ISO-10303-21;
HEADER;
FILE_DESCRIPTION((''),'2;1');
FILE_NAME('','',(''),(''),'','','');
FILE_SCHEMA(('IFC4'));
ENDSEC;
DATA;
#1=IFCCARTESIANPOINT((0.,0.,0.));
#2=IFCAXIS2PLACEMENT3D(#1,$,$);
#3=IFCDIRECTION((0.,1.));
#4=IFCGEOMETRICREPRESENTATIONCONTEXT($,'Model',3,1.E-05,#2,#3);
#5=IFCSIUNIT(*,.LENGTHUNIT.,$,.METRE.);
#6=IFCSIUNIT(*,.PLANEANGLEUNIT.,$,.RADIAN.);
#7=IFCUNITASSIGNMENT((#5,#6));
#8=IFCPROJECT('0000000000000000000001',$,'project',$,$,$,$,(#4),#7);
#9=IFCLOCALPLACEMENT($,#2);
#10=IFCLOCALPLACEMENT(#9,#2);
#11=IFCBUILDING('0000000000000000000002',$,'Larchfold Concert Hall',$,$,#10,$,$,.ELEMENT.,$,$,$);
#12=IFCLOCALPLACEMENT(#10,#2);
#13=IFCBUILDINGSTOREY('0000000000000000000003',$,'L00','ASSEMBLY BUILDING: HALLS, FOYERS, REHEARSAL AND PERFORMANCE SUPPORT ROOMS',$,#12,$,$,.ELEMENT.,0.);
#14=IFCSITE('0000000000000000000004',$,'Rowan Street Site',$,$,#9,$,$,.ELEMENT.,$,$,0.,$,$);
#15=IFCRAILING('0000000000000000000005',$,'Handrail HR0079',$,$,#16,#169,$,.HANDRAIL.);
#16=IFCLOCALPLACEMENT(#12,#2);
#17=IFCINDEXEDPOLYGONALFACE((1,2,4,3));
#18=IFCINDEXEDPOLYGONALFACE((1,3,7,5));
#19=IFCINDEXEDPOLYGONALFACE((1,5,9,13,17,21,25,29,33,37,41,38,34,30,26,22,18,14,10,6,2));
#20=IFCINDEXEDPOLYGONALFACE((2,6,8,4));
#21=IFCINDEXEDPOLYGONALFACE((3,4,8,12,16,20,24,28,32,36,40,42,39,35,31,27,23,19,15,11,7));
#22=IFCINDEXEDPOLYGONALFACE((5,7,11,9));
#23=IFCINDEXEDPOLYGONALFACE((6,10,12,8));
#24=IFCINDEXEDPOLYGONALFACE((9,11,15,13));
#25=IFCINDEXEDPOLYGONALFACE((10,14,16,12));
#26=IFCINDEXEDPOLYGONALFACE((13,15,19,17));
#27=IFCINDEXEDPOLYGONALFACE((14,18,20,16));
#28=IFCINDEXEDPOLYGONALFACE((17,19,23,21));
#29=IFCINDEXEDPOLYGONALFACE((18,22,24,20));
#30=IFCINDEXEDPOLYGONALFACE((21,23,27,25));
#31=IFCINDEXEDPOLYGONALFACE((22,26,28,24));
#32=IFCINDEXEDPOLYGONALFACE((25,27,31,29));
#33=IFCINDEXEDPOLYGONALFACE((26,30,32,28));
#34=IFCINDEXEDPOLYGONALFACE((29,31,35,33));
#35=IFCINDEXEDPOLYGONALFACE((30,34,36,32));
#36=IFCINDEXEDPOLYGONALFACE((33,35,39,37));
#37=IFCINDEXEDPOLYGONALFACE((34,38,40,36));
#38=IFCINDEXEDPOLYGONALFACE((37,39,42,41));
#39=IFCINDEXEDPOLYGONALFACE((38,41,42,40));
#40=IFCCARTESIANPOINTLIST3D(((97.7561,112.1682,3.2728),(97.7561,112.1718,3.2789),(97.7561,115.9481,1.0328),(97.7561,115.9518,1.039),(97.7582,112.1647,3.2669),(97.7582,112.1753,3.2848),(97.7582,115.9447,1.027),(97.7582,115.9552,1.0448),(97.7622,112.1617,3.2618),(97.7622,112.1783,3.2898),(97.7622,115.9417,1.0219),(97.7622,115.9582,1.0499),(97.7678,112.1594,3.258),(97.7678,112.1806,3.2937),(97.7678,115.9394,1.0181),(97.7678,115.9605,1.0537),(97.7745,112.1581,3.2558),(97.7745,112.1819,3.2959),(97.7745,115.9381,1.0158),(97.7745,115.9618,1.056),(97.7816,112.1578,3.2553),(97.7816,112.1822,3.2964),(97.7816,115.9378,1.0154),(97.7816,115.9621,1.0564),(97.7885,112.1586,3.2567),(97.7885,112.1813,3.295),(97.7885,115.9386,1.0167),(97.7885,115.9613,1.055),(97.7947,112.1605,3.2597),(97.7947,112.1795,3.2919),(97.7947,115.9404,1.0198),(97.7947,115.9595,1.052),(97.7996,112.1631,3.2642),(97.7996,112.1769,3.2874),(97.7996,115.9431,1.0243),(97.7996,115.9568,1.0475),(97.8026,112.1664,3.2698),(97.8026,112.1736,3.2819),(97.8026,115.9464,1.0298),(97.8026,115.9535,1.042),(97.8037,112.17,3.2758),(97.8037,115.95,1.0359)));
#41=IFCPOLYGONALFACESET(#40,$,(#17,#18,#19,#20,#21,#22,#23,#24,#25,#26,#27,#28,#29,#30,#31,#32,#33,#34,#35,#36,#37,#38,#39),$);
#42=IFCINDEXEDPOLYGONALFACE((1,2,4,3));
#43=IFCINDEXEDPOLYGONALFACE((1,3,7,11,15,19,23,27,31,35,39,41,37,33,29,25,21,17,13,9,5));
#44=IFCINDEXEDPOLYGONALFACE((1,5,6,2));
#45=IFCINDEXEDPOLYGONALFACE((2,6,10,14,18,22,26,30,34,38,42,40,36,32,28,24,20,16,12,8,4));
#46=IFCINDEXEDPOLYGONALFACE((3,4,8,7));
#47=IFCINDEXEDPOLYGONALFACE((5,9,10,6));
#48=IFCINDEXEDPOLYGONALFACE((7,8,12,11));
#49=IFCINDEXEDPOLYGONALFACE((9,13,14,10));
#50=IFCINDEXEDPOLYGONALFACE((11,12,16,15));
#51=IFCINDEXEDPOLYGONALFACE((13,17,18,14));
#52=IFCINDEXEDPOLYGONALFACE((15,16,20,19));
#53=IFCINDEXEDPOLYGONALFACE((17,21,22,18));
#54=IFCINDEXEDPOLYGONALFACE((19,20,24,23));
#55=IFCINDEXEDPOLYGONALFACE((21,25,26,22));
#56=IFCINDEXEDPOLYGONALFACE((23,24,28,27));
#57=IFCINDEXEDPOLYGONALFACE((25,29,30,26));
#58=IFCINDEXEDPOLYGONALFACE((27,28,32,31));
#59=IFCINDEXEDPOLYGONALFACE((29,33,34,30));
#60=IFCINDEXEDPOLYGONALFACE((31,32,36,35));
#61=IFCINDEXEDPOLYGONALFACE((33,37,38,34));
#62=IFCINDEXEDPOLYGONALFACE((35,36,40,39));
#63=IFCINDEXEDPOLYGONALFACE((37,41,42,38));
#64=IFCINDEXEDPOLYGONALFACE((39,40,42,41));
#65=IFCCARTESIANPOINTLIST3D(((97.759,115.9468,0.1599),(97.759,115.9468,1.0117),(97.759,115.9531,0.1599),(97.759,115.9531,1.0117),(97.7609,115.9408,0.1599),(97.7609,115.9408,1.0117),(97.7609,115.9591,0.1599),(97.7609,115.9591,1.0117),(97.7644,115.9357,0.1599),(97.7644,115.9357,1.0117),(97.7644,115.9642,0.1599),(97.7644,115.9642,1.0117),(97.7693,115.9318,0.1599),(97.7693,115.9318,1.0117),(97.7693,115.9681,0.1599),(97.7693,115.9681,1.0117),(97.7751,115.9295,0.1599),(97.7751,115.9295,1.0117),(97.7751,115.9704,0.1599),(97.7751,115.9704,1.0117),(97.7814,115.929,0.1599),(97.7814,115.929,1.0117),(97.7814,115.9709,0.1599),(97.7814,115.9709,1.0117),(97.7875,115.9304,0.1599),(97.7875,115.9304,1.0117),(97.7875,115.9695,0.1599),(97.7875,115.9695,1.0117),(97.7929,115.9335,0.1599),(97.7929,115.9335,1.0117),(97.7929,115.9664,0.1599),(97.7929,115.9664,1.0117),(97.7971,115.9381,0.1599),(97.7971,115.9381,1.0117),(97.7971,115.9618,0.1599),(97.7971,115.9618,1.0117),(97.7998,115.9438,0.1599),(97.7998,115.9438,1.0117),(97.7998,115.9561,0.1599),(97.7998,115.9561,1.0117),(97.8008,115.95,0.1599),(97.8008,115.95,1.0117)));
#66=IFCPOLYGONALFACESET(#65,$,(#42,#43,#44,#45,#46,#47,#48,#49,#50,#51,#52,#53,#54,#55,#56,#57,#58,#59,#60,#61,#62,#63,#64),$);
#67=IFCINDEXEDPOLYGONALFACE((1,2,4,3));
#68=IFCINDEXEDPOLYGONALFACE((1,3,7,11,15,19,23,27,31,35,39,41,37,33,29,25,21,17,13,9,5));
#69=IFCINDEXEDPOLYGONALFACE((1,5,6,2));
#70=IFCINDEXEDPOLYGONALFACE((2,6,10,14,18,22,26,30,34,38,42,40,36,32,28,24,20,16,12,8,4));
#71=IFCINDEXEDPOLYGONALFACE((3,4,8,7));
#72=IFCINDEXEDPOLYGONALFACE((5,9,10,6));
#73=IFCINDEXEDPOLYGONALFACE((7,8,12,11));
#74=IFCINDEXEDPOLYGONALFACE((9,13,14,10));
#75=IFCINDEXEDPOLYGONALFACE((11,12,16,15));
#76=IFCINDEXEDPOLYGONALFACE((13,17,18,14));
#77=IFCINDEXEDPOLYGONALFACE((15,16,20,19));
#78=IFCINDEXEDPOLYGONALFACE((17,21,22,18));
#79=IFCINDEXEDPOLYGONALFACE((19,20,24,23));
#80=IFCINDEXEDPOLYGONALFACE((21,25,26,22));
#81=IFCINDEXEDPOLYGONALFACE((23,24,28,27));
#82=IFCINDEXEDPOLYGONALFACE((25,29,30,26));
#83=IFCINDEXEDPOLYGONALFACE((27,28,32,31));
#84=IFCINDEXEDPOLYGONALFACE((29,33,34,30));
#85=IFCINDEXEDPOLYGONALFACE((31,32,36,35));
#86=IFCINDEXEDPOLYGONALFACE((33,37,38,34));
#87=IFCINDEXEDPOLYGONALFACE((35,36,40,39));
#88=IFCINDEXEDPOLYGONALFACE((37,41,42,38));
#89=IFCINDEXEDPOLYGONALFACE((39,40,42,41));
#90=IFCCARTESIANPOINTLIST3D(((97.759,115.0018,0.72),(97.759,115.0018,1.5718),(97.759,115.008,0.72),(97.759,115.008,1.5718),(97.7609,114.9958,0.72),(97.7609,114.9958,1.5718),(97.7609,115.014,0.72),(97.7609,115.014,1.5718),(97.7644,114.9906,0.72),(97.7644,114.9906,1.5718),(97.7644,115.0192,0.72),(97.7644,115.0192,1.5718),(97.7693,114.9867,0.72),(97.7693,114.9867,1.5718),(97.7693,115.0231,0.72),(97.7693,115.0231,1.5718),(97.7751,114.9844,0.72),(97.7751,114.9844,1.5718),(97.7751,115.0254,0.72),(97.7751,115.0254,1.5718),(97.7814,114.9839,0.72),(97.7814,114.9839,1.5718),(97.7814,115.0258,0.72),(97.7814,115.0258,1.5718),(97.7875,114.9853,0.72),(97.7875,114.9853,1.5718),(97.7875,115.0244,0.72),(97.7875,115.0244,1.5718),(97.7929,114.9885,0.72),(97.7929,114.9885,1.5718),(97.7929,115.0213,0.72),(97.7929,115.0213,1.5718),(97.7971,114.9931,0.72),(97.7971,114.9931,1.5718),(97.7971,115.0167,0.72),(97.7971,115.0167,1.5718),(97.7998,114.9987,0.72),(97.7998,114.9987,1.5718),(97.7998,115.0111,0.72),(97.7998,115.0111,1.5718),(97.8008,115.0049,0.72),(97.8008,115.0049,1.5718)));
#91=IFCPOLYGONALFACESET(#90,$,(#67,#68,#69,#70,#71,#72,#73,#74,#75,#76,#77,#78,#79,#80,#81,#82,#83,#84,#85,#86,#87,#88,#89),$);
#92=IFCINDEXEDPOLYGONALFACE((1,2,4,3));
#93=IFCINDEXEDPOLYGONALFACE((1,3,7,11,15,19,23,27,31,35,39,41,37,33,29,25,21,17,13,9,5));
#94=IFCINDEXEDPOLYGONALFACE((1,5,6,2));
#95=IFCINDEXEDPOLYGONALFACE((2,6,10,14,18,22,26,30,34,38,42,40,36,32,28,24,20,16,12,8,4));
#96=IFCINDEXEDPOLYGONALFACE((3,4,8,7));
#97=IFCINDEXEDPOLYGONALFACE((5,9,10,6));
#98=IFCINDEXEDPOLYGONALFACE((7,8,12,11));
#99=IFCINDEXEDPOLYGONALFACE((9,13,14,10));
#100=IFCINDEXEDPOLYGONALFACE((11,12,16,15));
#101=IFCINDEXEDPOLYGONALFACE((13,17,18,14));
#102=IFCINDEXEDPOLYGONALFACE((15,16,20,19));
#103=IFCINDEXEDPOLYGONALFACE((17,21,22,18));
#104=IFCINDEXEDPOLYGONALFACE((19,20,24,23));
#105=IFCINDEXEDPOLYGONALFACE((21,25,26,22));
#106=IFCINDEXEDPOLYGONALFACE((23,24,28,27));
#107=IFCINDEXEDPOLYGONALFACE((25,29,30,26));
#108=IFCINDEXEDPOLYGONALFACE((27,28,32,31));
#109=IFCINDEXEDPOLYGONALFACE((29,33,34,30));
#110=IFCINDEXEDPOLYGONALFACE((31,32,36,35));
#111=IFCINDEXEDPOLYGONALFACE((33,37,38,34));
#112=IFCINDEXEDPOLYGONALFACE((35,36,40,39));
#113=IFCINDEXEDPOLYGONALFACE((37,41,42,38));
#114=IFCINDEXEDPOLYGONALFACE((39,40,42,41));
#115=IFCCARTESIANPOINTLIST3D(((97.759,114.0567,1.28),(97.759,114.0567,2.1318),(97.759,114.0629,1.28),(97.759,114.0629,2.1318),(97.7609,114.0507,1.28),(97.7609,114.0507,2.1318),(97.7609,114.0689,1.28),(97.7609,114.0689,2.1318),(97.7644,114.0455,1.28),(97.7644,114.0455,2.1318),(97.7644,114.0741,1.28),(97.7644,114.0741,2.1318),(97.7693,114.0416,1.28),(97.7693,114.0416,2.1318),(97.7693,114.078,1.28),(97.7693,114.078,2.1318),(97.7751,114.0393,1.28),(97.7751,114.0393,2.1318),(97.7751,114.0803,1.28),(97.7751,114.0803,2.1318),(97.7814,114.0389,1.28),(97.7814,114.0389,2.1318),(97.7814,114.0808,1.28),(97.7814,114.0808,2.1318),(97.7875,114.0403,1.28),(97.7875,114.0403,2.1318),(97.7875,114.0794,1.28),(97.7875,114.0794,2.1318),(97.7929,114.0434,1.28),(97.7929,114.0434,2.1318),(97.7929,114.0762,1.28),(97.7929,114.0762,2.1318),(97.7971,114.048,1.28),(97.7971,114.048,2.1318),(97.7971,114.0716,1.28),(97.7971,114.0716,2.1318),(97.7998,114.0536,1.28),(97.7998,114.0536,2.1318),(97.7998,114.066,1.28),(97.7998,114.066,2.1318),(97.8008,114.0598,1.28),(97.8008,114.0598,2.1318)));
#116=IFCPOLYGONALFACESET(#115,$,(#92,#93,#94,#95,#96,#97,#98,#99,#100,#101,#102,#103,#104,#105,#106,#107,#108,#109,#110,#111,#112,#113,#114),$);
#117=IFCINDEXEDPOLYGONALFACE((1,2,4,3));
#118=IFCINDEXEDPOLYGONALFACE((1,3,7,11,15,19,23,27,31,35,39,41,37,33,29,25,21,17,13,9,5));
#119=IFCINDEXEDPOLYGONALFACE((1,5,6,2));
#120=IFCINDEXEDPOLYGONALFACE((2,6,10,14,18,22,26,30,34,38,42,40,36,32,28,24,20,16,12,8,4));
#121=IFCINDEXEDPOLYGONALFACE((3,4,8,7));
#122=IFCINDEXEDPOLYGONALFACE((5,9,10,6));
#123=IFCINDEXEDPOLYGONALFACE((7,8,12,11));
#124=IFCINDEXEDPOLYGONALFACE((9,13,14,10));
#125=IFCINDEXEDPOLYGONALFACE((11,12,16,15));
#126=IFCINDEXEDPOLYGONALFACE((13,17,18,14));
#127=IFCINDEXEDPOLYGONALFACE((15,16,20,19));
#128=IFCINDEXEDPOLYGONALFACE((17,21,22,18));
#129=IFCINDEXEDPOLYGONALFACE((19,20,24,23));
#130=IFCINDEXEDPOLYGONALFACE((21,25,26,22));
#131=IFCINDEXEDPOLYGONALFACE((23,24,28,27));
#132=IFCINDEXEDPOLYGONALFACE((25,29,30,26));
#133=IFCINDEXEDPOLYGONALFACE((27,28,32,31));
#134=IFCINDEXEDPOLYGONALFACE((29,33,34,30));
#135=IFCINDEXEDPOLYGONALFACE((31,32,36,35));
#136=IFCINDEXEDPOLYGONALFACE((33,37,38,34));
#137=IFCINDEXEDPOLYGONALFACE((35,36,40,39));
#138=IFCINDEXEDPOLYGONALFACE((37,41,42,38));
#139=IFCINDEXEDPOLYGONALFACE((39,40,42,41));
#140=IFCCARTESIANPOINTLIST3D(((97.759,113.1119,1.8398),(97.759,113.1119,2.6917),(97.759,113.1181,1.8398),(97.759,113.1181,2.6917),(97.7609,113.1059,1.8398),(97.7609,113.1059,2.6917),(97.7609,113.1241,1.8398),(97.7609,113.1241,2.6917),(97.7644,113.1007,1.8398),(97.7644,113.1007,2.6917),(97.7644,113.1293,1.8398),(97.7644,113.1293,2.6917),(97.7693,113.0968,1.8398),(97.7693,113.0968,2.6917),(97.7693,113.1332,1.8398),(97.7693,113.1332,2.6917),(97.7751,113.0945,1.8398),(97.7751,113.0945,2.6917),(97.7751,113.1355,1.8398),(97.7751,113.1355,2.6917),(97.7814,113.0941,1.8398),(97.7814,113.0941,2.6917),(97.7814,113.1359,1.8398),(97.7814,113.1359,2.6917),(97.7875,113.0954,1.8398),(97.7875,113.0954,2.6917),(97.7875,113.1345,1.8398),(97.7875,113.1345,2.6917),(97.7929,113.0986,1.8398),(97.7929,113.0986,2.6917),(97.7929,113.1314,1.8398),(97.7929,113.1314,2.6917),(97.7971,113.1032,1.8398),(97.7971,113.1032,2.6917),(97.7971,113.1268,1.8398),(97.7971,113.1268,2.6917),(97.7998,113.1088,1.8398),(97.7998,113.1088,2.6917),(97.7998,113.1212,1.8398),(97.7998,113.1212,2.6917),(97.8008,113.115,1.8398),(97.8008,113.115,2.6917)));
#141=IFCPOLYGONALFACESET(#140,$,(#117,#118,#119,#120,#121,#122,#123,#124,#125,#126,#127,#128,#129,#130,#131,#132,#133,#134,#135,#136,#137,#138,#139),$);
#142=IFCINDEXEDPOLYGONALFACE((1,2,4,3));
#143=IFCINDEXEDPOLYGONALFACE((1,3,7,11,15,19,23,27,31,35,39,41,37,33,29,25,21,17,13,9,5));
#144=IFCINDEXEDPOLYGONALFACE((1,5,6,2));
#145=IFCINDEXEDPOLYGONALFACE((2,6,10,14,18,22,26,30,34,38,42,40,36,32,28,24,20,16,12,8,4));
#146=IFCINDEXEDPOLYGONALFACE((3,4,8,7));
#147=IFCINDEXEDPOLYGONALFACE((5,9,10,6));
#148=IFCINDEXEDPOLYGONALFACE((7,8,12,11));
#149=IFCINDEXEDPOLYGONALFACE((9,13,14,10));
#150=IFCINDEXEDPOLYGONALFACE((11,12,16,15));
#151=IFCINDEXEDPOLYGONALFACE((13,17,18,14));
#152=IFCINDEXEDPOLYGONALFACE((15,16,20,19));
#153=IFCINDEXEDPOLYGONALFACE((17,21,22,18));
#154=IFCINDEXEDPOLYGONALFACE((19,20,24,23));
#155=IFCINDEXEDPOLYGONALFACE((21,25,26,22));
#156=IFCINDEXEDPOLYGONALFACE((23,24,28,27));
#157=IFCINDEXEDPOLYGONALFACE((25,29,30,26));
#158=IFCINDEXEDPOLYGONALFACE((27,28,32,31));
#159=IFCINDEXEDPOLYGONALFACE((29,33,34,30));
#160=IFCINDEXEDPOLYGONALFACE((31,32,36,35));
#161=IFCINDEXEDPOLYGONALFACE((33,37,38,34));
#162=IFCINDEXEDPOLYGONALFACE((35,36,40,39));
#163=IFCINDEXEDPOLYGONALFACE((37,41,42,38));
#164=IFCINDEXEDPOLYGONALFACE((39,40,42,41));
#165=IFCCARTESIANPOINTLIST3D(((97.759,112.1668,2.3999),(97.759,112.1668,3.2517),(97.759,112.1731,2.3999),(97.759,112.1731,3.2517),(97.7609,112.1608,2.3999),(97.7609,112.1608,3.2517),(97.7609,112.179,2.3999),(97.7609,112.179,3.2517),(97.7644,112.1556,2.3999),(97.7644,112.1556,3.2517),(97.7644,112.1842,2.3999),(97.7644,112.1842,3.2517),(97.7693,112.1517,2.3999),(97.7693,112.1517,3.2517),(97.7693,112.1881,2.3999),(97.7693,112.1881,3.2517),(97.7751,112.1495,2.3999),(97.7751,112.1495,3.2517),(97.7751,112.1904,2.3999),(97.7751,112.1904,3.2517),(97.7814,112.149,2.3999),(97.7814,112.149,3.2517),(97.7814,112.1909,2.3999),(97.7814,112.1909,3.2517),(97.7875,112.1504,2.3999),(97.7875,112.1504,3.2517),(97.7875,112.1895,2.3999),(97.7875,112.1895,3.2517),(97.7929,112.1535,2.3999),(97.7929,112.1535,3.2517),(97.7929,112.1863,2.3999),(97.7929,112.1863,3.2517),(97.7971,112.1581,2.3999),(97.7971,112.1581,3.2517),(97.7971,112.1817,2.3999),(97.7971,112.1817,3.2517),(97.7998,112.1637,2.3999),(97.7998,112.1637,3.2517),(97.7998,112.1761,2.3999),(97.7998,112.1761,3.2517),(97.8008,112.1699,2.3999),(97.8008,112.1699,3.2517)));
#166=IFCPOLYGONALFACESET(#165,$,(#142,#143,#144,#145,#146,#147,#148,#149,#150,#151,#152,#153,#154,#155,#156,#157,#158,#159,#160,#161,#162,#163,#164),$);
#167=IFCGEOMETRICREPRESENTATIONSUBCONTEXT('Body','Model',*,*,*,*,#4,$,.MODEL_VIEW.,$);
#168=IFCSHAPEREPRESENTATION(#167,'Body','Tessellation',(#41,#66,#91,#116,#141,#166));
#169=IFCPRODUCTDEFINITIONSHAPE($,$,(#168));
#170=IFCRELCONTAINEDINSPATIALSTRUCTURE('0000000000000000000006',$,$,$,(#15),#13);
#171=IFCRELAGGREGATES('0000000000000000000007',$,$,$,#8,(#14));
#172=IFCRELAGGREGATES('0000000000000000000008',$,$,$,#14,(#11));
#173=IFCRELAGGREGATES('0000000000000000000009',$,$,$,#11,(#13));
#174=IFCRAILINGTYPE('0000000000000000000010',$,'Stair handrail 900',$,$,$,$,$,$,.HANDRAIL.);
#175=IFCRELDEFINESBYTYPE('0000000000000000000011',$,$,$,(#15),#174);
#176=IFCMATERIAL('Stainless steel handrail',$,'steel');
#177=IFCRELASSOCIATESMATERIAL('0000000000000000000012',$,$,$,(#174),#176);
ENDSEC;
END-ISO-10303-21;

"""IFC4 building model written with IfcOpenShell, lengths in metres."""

from ifc_helpers import new_model, si_unit, direction, frame, origin, origin_2d, place, context, subcontext, project, spatial, circle, extrude, material, type_object, element, save


model = new_model("IFC4")

# Units and contexts
model_context = context("Model", 3, precision=1e-05, world=origin(), true_north=direction((0.0, 1.0)))
body_context = subcontext(model_context, "Body", "Model", "MODEL_VIEW")
ifc_project = project(units=[si_unit("LENGTHUNIT", "METRE"), si_unit("PLANEANGLEUNIT", "RADIAN")], contexts=[model_context])

# Site, building, storey
site_placement = place(None, origin())
site = spatial("IfcSite", under=ifc_project, at=site_placement, Name="Rowan Street Site", CompositionType="ELEMENT", RefElevation=0.0)
building_placement = place(site_placement, origin())
building = spatial("IfcBuilding", under=site, at=building_placement, Name="Larchfold Concert Hall", CompositionType="ELEMENT")
storey_placement = place(building_placement, origin())
storey = spatial("IfcBuildingStorey", under=building, at=storey_placement, Name="L00", Description="ASSEMBLY BUILDING: HALLS, FOYERS, REHEARSAL AND PERFORMANCE SUPPORT ROOMS", CompositionType="ELEMENT", Elevation=0.0)

# Railing
ifc_material_1 = material(Name="Stainless steel handrail", Category="steel")
railing_type_1 = type_object("IfcRailingType", Name="Stair handrail 900", PredefinedType="HANDRAIL", material=ifc_material_1)
railing_1_placement = place(storey_placement, frame((97.7798, 115.95, 0.1599)))
element("IfcRailing", 1, at=railing_1_placement, inside=storey, type_object=railing_type_1, Name="Handrail HR0079", PredefinedType="HANDRAIL", context=body_context, shape_type="SweptSolid", body=[
    extrude(circle(Radius=0.0239, at=origin_2d()), frame((0.0, 0.0, 0.876), z_axis=(0.0, -0.860294, 0.509798), x_axis=(1.0, 0.0, 0.0)), (0.0, 0.0, 1.0), 4.3938),
    extrude(circle(Radius=0.021, at=origin_2d()), origin(), (0.0, 0.0, 1.0), 0.8518),
    extrude(circle(Radius=0.021, at=origin_2d()), frame((0.0, -0.9451, 0.5601)), (0.0, 0.0, 1.0), 0.8518),
    extrude(circle(Radius=0.021, at=origin_2d()), frame((0.0, -1.8901, 1.1201)), (0.0, 0.0, 1.0), 0.8518),
    extrude(circle(Radius=0.021, at=origin_2d()), frame((0.0, -2.835, 1.6799)), (0.0, 0.0, 1.0), 0.8518),
    extrude(circle(Radius=0.021, at=origin_2d()), frame((0.0, -3.78, 2.24)), (0.0, 0.0, 1.0), 0.8518),
])

save(model, "model.ifc")
